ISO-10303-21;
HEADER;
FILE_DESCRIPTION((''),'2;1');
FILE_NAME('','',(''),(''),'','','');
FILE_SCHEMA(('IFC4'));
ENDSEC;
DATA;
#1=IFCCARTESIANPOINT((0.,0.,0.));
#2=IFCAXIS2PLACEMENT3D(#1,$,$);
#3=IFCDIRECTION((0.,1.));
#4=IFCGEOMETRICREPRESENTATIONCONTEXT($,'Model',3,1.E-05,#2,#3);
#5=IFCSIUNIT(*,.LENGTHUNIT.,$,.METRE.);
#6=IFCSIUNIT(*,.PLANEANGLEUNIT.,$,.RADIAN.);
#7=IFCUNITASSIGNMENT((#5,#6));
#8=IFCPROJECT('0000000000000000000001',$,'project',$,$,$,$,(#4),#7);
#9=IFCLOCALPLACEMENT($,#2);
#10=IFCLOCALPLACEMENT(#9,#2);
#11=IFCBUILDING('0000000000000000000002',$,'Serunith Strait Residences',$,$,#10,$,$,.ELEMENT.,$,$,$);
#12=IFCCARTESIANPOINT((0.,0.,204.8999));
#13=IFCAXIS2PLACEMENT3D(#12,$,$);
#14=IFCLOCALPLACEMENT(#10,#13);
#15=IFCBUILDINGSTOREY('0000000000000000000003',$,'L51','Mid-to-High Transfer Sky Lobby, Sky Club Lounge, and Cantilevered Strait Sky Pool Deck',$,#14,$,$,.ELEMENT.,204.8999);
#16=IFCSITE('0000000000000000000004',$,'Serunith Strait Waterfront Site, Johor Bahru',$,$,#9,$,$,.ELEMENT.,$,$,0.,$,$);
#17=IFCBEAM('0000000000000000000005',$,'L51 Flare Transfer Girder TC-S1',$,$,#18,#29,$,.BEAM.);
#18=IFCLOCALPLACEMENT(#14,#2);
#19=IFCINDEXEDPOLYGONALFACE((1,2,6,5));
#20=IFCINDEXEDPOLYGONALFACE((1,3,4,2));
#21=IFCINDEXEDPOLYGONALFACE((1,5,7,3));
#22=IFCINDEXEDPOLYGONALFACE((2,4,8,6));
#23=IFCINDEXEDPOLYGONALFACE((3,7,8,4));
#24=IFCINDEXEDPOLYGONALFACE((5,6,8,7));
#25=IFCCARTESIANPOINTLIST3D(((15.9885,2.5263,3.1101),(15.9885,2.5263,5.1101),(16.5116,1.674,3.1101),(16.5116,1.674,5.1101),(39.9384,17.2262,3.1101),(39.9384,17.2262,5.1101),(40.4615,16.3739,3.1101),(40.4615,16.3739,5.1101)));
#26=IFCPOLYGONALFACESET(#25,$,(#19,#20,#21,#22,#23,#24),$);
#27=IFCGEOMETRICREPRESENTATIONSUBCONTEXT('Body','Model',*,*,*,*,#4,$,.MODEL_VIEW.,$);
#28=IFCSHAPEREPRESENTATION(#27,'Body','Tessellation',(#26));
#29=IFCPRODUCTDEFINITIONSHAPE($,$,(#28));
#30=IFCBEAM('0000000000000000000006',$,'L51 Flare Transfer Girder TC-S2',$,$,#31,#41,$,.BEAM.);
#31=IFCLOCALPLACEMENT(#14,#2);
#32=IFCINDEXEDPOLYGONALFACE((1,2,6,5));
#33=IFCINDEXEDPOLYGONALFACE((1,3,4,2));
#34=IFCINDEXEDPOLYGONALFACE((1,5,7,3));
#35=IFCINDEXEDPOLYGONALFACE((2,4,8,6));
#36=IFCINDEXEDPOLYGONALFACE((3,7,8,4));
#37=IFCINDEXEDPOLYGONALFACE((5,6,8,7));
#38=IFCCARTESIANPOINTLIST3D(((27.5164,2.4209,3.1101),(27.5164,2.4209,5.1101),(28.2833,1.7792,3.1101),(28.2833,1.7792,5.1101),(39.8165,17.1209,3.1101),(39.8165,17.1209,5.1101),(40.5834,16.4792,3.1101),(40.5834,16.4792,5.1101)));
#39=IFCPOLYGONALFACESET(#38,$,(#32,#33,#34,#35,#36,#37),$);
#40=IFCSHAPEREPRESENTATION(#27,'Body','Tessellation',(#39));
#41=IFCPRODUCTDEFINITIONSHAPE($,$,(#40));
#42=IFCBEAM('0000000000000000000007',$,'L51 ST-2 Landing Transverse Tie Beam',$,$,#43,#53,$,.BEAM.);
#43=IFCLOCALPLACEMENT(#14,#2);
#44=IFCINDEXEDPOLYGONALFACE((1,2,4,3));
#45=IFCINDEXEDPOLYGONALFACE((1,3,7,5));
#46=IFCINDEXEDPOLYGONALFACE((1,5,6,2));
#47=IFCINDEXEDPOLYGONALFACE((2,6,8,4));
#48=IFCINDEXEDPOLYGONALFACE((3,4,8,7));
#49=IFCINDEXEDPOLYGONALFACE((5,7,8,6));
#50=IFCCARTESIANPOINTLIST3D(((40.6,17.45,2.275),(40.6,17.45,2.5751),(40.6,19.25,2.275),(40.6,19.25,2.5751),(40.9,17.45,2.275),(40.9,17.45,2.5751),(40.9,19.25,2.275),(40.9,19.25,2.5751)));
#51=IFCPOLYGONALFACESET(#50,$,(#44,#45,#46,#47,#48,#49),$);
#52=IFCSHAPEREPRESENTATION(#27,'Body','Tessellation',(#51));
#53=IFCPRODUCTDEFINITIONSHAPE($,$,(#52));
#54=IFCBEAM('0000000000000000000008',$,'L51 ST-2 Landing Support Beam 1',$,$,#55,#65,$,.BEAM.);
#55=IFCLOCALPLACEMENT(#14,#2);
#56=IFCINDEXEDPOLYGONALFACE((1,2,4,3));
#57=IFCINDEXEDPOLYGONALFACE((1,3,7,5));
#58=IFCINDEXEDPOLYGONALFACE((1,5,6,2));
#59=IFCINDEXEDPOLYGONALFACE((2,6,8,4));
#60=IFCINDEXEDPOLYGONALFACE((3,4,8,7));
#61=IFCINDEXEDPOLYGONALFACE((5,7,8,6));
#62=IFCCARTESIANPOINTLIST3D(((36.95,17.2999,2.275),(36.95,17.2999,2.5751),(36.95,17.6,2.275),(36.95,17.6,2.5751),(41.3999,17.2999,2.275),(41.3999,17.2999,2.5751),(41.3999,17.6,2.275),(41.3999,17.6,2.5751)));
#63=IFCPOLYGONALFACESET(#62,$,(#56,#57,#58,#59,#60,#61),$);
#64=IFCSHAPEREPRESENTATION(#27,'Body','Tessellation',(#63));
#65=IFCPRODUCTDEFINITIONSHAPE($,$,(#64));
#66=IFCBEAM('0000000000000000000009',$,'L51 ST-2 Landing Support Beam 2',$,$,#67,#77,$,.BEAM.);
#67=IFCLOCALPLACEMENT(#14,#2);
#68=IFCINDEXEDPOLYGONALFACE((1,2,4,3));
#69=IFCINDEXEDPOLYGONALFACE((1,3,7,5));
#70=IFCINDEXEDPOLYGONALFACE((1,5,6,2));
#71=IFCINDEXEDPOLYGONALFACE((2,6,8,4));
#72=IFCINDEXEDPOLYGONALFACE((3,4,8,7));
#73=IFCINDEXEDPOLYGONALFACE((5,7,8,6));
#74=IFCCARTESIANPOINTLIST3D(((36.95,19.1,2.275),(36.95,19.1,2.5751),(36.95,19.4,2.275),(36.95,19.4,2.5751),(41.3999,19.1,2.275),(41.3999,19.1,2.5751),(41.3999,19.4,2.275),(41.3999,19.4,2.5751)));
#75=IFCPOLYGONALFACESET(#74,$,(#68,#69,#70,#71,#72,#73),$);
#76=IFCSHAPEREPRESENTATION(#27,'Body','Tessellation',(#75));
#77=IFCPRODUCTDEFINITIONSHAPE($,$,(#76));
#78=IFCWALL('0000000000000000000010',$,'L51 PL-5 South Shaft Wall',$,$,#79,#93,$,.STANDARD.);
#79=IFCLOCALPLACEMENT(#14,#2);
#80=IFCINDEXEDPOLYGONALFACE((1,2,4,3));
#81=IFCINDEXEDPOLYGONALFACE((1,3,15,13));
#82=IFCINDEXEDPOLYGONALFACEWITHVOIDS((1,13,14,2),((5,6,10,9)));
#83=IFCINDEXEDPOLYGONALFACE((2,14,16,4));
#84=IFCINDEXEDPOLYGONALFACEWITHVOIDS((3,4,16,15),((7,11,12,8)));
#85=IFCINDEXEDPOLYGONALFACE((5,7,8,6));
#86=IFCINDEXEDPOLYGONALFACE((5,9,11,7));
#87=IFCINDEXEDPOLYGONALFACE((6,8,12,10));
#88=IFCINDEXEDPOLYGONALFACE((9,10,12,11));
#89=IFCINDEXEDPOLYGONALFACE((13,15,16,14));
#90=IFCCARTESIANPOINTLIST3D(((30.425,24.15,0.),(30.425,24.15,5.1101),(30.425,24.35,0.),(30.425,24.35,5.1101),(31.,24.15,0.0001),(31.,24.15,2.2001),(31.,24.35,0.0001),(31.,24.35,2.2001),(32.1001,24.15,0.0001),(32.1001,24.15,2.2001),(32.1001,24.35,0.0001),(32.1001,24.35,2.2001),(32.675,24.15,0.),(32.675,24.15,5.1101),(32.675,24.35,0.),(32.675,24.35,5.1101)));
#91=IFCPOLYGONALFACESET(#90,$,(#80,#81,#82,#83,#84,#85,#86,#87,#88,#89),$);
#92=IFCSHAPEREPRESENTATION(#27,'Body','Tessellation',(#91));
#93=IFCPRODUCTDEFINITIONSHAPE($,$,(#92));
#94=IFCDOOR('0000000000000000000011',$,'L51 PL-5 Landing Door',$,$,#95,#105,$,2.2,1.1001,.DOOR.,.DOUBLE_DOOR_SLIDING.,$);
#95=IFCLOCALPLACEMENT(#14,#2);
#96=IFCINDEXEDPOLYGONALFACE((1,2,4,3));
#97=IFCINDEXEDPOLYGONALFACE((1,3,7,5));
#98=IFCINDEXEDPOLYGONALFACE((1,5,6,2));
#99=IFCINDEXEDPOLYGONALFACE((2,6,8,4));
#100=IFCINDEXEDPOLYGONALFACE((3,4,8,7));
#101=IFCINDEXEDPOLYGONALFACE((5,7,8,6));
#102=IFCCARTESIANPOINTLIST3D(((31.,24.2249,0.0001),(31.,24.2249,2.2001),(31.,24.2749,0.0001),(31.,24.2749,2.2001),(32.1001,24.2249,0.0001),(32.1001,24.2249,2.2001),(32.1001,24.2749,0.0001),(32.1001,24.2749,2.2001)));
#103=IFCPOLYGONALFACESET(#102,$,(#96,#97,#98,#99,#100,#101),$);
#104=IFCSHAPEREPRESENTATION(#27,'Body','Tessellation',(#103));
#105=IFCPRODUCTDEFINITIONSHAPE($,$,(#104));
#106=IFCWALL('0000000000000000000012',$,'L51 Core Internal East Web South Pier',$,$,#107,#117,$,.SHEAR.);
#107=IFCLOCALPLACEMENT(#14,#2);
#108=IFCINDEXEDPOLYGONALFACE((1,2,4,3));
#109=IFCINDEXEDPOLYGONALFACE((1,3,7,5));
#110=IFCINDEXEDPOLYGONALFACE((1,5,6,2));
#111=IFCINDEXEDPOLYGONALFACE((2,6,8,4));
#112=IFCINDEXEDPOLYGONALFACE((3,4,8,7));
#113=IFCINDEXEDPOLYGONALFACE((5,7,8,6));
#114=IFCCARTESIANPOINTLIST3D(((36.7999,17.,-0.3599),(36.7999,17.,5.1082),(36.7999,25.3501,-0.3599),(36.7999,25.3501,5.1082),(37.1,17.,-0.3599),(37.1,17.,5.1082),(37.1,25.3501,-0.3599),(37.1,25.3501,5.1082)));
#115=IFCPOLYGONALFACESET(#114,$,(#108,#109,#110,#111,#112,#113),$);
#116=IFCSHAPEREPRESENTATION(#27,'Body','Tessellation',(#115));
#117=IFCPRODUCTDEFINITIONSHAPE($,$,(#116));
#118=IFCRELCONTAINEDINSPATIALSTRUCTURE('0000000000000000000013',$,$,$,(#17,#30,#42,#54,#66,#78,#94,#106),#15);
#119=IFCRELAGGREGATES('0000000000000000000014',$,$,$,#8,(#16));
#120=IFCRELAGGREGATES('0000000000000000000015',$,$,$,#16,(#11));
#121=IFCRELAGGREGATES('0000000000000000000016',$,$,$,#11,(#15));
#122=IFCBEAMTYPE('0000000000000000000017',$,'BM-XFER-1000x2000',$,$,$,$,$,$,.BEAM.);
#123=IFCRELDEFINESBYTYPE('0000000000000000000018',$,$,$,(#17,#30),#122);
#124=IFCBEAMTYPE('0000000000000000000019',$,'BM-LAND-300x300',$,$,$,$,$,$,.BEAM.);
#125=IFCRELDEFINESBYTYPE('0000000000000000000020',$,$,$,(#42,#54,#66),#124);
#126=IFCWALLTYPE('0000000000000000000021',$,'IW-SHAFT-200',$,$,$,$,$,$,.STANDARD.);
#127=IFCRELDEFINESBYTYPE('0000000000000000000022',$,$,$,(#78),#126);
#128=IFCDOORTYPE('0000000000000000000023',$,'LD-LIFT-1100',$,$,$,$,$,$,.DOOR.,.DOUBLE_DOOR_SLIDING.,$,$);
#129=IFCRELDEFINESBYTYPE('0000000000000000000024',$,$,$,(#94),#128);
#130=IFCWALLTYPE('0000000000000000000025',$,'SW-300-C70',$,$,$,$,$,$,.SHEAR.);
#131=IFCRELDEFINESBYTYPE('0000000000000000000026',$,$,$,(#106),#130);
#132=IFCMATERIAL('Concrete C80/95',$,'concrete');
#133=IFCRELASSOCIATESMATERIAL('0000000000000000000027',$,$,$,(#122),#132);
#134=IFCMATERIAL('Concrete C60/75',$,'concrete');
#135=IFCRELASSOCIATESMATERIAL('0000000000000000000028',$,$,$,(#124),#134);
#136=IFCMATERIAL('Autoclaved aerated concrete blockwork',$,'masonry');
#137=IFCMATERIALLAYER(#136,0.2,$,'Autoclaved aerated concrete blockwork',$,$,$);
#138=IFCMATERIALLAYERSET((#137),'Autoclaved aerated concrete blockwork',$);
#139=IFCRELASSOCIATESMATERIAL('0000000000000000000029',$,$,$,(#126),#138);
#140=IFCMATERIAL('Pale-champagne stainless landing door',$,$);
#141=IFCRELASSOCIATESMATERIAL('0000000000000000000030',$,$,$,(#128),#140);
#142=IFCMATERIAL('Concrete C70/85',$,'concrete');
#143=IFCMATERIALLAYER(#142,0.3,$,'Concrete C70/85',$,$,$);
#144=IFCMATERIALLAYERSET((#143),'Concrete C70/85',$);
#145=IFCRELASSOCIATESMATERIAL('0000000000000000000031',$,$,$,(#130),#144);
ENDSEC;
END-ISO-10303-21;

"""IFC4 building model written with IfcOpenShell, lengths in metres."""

from ifc_helpers import new_model, si_unit, direction, frame, frame_2d, origin, origin_2d, place, context, subcontext, project, spatial, rectangle, extrude, source, transform, mapped, material, layer, layer_set, material_profile, profile_set, type_object, element, fill, save


model = new_model("IFC4")

# Units and contexts
model_context = context("Model", 3, precision=1e-05, world=origin(), true_north=direction((0.0, 1.0)))
body_context = subcontext(model_context, "Body", "Model", "MODEL_VIEW")
ifc_project = project(units=[si_unit("LENGTHUNIT", "METRE"), si_unit("PLANEANGLEUNIT", "RADIAN")], contexts=[model_context])

# Site, building, storey
site_placement = place(None, origin())
site = spatial("IfcSite", under=ifc_project, at=site_placement, Name="Serunith Strait Waterfront Site, Johor Bahru", CompositionType="ELEMENT", RefElevation=0.0)
building_placement = place(site_placement, origin())
building = spatial("IfcBuilding", under=site, at=building_placement, Name="Serunith Strait Residences", CompositionType="ELEMENT")
storey_placement = place(building_placement, frame((0.0, 0.0, 204.8999)))
storey = spatial("IfcBuildingStorey", under=building, at=storey_placement, Name="L51", Description="Mid-to-High Transfer Sky Lobby, Sky Club Lounge, and Cantilevered Strait Sky Pool Deck", CompositionType="ELEMENT", Elevation=204.8999)

# Beams
ifc_material_1 = material(Name="Concrete C80/95", Category="concrete")
ifc_material_profile_1 = material_profile(ifc_material_1, rectangle(XDim=1.0, YDim=2.0, at=origin_2d()), Name="RC 1000x2000")
ifc_profile_set_1 = profile_set([ifc_material_profile_1], Name="Concrete C80/95")
beam_type_1 = type_object("IfcBeamType", Name="BM-XFER-1000x2000", PredefinedType="BEAM", material=ifc_profile_set_1)
shared_shape_1 = source(origin(), body_context, "Body", "SweptSolid", [
    extrude(rectangle(XDim=1.0, YDim=2.0, at=origin_2d()), origin(), (0.0, 0.0, 1.0), 28.1013),
])
beam_1_placement = place(storey_placement, frame((40.2, 16.8, 4.1101), z_axis=(-0.852269, -0.523104, 0.0), x_axis=(0.523104, -0.852269, 0.0)))
element("IfcBeam", 1, at=beam_1_placement, inside=storey, type_object=beam_type_1, Name="L51 Flare Transfer Girder TC-S1", PredefinedType="BEAM", context=body_context, shape_type="MappedRepresentation", body=[
    mapped(shared_shape_1, transform((0.0, 0.0, 0.0), scale=1.0)),
])
shared_shape_2 = source(origin(), body_context, "Body", "SweptSolid", [
    extrude(rectangle(XDim=1.0, YDim=2.0, at=origin_2d()), origin(), (0.0, 0.0, 1.0), 19.1672),
])
beam_2_placement = place(storey_placement, frame((40.2, 16.8, 4.1101), z_axis=(-0.641725, -0.766935, 0.0), x_axis=(0.766935, -0.641725, 0.0)))
element("IfcBeam", 2, at=beam_2_placement, inside=storey, type_object=beam_type_1, Name="L51 Flare Transfer Girder TC-S2", PredefinedType="BEAM", context=body_context, shape_type="MappedRepresentation", body=[
    mapped(shared_shape_2, transform((0.0, 0.0, 0.0), scale=1.0)),
])
ifc_material_2 = material(Name="Concrete C60/75", Category="concrete")
ifc_material_profile_2 = material_profile(ifc_material_2, rectangle(XDim=0.3, YDim=0.3, at=origin_2d()), Name="RC 300x300")
ifc_profile_set_2 = profile_set([ifc_material_profile_2], Name="Concrete C60/75")
beam_type_2 = type_object("IfcBeamType", Name="BM-LAND-300x300", PredefinedType="BEAM", material=ifc_profile_set_2)
shared_shape_3 = source(origin(), body_context, "Body", "SweptSolid", [
    extrude(rectangle(XDim=0.3, YDim=0.3, at=origin_2d()), origin(), (0.0, 0.0, 1.0), 1.8),
])
beam_3_placement = place(storey_placement, frame((40.75, 17.45, 2.425), z_axis=(0.0, 1.0, 0.0), x_axis=(-1.0, 0.0, 0.0)))
element("IfcBeam", 3, at=beam_3_placement, inside=storey, type_object=beam_type_2, Name="L51 ST-2 Landing Transverse Tie Beam", PredefinedType="BEAM", context=body_context, shape_type="MappedRepresentation", body=[
    mapped(shared_shape_3, transform((0.0, 0.0, 0.0), scale=1.0)),
])
shared_shape_4 = source(origin(), body_context, "Body", "SweptSolid", [
    extrude(rectangle(XDim=0.3, YDim=0.3, at=origin_2d()), origin(), (0.0, 0.0, 1.0), 4.45),
])
for number, where, z_axis, x_axis, name in (
    (4, (36.95, 17.45, 2.425), (1.0, 0.0, 0.0), (0.0, 1.0, 0.0), "L51 ST-2 Landing Support Beam 1"),
    (5, (36.95, 19.25, 2.425), (1.0, 0.0, 0.0), (0.0, 1.0, 0.0), "L51 ST-2 Landing Support Beam 2"),
):
    element("IfcBeam", number, at=place(storey_placement, frame(where, z_axis=z_axis, x_axis=x_axis)), inside=storey, type_object=beam_type_2, Name=name, PredefinedType="BEAM", context=body_context, shape_type="MappedRepresentation", body=[
        mapped(shared_shape_4, transform((0.0, 0.0, 0.0), scale=1.0)),
    ])

# Wall, opening, door
ifc_material_3 = material(Name="Autoclaved aerated concrete blockwork", Category="masonry")
ifc_layer_1 = layer(ifc_material_3, 0.2, Name="Autoclaved aerated concrete blockwork")
ifc_layer_set_1 = layer_set([ifc_layer_1], Name="Autoclaved aerated concrete blockwork")
wall_type_1 = type_object("IfcWallType", Name="IW-SHAFT-200", PredefinedType="STANDARD", material=ifc_layer_set_1)
wall_1_placement = place(storey_placement, frame((30.425, 24.25, 0.0), z_axis=(0.0, 0.0, 1.0), x_axis=(1.0, 0.0, 0.0)))
wall_1 = element("IfcWall", 6, at=wall_1_placement, inside=storey, type_object=wall_type_1, Name="L51 PL-5 South Shaft Wall", PredefinedType="STANDARD", context=body_context, shape_type="SweptSolid", body=[
    extrude(rectangle(XDim=2.25, YDim=0.2, at=frame_2d((1.125, 0.0))), origin(), (0.0, 0.0, 1.0), 5.1101),
])
opening_placement = place(wall_1_placement, frame((0.575, 0.0, 0.0)))
opening = element("IfcOpeningElement", 7, at=opening_placement, cuts=wall_1, PredefinedType="OPENING", context=body_context, shape_type="SweptSolid", body=[
    extrude(rectangle(XDim=1.1001, YDim=2.2, at=frame_2d((0.55, 1.1001))), frame((0.0, 0.1099, 0.0), z_axis=(0.0, -1.0, 0.0), x_axis=(1.0, 0.0, 0.0)), (0.0, 0.0, 1.0), 0.22),
])
ifc_material_4 = material(Name="Pale-champagne stainless landing door")
door_type = type_object("IfcDoorType", Name="LD-LIFT-1100", OperationType="DOUBLE_DOOR_SLIDING", PredefinedType="DOOR", material=ifc_material_4)
shared_shape_5 = source(origin(), body_context, "Body", "SweptSolid", [
    extrude(rectangle(XDim=1.1001, YDim=2.2, at=frame_2d((0.55, 1.1001))), frame((0.0, 0.0249, 0.0), z_axis=(0.0, -1.0, 0.0), x_axis=(1.0, 0.0, 0.0)), (0.0, 0.0, 1.0), 0.05),
])
door_placement = place(opening_placement, origin())
door = element("IfcDoor", 8, at=door_placement, inside=storey, type_object=door_type, Name="L51 PL-5 Landing Door", OperationType="DOUBLE_DOOR_SLIDING", OverallHeight=2.2, OverallWidth=1.1001, PredefinedType="DOOR", context=body_context, shape_type="MappedRepresentation", body=[
    mapped(shared_shape_5, transform((0.0, 0.0, 0.0), scale=1.0)),
])
fill(opening, door)

# Wall
ifc_material_5 = material(Name="Concrete C70/85", Category="concrete")
ifc_layer_2 = layer(ifc_material_5, 0.3, Name="Concrete C70/85")
ifc_layer_set_2 = layer_set([ifc_layer_2], Name="Concrete C70/85")
wall_type_2 = type_object("IfcWallType", Name="SW-300-C70", PredefinedType="SHEAR", material=ifc_layer_set_2)
wall_2_placement = place(storey_placement, frame((36.95, 17.0, -0.3599), z_axis=(0.0, 0.0, 1.0), x_axis=(0.0, 1.0, 0.0)))
element("IfcWall", 9, at=wall_2_placement, inside=storey, type_object=wall_type_2, Name="L51 Core Internal East Web South Pier", PredefinedType="SHEAR", context=body_context, shape_type="SweptSolid", body=[
    extrude(rectangle(XDim=8.3501, YDim=0.3, at=frame_2d((4.175, 0.0))), origin(), (0.0, 0.0, 1.0), 5.468),
])

save(model, "model.ifc")
